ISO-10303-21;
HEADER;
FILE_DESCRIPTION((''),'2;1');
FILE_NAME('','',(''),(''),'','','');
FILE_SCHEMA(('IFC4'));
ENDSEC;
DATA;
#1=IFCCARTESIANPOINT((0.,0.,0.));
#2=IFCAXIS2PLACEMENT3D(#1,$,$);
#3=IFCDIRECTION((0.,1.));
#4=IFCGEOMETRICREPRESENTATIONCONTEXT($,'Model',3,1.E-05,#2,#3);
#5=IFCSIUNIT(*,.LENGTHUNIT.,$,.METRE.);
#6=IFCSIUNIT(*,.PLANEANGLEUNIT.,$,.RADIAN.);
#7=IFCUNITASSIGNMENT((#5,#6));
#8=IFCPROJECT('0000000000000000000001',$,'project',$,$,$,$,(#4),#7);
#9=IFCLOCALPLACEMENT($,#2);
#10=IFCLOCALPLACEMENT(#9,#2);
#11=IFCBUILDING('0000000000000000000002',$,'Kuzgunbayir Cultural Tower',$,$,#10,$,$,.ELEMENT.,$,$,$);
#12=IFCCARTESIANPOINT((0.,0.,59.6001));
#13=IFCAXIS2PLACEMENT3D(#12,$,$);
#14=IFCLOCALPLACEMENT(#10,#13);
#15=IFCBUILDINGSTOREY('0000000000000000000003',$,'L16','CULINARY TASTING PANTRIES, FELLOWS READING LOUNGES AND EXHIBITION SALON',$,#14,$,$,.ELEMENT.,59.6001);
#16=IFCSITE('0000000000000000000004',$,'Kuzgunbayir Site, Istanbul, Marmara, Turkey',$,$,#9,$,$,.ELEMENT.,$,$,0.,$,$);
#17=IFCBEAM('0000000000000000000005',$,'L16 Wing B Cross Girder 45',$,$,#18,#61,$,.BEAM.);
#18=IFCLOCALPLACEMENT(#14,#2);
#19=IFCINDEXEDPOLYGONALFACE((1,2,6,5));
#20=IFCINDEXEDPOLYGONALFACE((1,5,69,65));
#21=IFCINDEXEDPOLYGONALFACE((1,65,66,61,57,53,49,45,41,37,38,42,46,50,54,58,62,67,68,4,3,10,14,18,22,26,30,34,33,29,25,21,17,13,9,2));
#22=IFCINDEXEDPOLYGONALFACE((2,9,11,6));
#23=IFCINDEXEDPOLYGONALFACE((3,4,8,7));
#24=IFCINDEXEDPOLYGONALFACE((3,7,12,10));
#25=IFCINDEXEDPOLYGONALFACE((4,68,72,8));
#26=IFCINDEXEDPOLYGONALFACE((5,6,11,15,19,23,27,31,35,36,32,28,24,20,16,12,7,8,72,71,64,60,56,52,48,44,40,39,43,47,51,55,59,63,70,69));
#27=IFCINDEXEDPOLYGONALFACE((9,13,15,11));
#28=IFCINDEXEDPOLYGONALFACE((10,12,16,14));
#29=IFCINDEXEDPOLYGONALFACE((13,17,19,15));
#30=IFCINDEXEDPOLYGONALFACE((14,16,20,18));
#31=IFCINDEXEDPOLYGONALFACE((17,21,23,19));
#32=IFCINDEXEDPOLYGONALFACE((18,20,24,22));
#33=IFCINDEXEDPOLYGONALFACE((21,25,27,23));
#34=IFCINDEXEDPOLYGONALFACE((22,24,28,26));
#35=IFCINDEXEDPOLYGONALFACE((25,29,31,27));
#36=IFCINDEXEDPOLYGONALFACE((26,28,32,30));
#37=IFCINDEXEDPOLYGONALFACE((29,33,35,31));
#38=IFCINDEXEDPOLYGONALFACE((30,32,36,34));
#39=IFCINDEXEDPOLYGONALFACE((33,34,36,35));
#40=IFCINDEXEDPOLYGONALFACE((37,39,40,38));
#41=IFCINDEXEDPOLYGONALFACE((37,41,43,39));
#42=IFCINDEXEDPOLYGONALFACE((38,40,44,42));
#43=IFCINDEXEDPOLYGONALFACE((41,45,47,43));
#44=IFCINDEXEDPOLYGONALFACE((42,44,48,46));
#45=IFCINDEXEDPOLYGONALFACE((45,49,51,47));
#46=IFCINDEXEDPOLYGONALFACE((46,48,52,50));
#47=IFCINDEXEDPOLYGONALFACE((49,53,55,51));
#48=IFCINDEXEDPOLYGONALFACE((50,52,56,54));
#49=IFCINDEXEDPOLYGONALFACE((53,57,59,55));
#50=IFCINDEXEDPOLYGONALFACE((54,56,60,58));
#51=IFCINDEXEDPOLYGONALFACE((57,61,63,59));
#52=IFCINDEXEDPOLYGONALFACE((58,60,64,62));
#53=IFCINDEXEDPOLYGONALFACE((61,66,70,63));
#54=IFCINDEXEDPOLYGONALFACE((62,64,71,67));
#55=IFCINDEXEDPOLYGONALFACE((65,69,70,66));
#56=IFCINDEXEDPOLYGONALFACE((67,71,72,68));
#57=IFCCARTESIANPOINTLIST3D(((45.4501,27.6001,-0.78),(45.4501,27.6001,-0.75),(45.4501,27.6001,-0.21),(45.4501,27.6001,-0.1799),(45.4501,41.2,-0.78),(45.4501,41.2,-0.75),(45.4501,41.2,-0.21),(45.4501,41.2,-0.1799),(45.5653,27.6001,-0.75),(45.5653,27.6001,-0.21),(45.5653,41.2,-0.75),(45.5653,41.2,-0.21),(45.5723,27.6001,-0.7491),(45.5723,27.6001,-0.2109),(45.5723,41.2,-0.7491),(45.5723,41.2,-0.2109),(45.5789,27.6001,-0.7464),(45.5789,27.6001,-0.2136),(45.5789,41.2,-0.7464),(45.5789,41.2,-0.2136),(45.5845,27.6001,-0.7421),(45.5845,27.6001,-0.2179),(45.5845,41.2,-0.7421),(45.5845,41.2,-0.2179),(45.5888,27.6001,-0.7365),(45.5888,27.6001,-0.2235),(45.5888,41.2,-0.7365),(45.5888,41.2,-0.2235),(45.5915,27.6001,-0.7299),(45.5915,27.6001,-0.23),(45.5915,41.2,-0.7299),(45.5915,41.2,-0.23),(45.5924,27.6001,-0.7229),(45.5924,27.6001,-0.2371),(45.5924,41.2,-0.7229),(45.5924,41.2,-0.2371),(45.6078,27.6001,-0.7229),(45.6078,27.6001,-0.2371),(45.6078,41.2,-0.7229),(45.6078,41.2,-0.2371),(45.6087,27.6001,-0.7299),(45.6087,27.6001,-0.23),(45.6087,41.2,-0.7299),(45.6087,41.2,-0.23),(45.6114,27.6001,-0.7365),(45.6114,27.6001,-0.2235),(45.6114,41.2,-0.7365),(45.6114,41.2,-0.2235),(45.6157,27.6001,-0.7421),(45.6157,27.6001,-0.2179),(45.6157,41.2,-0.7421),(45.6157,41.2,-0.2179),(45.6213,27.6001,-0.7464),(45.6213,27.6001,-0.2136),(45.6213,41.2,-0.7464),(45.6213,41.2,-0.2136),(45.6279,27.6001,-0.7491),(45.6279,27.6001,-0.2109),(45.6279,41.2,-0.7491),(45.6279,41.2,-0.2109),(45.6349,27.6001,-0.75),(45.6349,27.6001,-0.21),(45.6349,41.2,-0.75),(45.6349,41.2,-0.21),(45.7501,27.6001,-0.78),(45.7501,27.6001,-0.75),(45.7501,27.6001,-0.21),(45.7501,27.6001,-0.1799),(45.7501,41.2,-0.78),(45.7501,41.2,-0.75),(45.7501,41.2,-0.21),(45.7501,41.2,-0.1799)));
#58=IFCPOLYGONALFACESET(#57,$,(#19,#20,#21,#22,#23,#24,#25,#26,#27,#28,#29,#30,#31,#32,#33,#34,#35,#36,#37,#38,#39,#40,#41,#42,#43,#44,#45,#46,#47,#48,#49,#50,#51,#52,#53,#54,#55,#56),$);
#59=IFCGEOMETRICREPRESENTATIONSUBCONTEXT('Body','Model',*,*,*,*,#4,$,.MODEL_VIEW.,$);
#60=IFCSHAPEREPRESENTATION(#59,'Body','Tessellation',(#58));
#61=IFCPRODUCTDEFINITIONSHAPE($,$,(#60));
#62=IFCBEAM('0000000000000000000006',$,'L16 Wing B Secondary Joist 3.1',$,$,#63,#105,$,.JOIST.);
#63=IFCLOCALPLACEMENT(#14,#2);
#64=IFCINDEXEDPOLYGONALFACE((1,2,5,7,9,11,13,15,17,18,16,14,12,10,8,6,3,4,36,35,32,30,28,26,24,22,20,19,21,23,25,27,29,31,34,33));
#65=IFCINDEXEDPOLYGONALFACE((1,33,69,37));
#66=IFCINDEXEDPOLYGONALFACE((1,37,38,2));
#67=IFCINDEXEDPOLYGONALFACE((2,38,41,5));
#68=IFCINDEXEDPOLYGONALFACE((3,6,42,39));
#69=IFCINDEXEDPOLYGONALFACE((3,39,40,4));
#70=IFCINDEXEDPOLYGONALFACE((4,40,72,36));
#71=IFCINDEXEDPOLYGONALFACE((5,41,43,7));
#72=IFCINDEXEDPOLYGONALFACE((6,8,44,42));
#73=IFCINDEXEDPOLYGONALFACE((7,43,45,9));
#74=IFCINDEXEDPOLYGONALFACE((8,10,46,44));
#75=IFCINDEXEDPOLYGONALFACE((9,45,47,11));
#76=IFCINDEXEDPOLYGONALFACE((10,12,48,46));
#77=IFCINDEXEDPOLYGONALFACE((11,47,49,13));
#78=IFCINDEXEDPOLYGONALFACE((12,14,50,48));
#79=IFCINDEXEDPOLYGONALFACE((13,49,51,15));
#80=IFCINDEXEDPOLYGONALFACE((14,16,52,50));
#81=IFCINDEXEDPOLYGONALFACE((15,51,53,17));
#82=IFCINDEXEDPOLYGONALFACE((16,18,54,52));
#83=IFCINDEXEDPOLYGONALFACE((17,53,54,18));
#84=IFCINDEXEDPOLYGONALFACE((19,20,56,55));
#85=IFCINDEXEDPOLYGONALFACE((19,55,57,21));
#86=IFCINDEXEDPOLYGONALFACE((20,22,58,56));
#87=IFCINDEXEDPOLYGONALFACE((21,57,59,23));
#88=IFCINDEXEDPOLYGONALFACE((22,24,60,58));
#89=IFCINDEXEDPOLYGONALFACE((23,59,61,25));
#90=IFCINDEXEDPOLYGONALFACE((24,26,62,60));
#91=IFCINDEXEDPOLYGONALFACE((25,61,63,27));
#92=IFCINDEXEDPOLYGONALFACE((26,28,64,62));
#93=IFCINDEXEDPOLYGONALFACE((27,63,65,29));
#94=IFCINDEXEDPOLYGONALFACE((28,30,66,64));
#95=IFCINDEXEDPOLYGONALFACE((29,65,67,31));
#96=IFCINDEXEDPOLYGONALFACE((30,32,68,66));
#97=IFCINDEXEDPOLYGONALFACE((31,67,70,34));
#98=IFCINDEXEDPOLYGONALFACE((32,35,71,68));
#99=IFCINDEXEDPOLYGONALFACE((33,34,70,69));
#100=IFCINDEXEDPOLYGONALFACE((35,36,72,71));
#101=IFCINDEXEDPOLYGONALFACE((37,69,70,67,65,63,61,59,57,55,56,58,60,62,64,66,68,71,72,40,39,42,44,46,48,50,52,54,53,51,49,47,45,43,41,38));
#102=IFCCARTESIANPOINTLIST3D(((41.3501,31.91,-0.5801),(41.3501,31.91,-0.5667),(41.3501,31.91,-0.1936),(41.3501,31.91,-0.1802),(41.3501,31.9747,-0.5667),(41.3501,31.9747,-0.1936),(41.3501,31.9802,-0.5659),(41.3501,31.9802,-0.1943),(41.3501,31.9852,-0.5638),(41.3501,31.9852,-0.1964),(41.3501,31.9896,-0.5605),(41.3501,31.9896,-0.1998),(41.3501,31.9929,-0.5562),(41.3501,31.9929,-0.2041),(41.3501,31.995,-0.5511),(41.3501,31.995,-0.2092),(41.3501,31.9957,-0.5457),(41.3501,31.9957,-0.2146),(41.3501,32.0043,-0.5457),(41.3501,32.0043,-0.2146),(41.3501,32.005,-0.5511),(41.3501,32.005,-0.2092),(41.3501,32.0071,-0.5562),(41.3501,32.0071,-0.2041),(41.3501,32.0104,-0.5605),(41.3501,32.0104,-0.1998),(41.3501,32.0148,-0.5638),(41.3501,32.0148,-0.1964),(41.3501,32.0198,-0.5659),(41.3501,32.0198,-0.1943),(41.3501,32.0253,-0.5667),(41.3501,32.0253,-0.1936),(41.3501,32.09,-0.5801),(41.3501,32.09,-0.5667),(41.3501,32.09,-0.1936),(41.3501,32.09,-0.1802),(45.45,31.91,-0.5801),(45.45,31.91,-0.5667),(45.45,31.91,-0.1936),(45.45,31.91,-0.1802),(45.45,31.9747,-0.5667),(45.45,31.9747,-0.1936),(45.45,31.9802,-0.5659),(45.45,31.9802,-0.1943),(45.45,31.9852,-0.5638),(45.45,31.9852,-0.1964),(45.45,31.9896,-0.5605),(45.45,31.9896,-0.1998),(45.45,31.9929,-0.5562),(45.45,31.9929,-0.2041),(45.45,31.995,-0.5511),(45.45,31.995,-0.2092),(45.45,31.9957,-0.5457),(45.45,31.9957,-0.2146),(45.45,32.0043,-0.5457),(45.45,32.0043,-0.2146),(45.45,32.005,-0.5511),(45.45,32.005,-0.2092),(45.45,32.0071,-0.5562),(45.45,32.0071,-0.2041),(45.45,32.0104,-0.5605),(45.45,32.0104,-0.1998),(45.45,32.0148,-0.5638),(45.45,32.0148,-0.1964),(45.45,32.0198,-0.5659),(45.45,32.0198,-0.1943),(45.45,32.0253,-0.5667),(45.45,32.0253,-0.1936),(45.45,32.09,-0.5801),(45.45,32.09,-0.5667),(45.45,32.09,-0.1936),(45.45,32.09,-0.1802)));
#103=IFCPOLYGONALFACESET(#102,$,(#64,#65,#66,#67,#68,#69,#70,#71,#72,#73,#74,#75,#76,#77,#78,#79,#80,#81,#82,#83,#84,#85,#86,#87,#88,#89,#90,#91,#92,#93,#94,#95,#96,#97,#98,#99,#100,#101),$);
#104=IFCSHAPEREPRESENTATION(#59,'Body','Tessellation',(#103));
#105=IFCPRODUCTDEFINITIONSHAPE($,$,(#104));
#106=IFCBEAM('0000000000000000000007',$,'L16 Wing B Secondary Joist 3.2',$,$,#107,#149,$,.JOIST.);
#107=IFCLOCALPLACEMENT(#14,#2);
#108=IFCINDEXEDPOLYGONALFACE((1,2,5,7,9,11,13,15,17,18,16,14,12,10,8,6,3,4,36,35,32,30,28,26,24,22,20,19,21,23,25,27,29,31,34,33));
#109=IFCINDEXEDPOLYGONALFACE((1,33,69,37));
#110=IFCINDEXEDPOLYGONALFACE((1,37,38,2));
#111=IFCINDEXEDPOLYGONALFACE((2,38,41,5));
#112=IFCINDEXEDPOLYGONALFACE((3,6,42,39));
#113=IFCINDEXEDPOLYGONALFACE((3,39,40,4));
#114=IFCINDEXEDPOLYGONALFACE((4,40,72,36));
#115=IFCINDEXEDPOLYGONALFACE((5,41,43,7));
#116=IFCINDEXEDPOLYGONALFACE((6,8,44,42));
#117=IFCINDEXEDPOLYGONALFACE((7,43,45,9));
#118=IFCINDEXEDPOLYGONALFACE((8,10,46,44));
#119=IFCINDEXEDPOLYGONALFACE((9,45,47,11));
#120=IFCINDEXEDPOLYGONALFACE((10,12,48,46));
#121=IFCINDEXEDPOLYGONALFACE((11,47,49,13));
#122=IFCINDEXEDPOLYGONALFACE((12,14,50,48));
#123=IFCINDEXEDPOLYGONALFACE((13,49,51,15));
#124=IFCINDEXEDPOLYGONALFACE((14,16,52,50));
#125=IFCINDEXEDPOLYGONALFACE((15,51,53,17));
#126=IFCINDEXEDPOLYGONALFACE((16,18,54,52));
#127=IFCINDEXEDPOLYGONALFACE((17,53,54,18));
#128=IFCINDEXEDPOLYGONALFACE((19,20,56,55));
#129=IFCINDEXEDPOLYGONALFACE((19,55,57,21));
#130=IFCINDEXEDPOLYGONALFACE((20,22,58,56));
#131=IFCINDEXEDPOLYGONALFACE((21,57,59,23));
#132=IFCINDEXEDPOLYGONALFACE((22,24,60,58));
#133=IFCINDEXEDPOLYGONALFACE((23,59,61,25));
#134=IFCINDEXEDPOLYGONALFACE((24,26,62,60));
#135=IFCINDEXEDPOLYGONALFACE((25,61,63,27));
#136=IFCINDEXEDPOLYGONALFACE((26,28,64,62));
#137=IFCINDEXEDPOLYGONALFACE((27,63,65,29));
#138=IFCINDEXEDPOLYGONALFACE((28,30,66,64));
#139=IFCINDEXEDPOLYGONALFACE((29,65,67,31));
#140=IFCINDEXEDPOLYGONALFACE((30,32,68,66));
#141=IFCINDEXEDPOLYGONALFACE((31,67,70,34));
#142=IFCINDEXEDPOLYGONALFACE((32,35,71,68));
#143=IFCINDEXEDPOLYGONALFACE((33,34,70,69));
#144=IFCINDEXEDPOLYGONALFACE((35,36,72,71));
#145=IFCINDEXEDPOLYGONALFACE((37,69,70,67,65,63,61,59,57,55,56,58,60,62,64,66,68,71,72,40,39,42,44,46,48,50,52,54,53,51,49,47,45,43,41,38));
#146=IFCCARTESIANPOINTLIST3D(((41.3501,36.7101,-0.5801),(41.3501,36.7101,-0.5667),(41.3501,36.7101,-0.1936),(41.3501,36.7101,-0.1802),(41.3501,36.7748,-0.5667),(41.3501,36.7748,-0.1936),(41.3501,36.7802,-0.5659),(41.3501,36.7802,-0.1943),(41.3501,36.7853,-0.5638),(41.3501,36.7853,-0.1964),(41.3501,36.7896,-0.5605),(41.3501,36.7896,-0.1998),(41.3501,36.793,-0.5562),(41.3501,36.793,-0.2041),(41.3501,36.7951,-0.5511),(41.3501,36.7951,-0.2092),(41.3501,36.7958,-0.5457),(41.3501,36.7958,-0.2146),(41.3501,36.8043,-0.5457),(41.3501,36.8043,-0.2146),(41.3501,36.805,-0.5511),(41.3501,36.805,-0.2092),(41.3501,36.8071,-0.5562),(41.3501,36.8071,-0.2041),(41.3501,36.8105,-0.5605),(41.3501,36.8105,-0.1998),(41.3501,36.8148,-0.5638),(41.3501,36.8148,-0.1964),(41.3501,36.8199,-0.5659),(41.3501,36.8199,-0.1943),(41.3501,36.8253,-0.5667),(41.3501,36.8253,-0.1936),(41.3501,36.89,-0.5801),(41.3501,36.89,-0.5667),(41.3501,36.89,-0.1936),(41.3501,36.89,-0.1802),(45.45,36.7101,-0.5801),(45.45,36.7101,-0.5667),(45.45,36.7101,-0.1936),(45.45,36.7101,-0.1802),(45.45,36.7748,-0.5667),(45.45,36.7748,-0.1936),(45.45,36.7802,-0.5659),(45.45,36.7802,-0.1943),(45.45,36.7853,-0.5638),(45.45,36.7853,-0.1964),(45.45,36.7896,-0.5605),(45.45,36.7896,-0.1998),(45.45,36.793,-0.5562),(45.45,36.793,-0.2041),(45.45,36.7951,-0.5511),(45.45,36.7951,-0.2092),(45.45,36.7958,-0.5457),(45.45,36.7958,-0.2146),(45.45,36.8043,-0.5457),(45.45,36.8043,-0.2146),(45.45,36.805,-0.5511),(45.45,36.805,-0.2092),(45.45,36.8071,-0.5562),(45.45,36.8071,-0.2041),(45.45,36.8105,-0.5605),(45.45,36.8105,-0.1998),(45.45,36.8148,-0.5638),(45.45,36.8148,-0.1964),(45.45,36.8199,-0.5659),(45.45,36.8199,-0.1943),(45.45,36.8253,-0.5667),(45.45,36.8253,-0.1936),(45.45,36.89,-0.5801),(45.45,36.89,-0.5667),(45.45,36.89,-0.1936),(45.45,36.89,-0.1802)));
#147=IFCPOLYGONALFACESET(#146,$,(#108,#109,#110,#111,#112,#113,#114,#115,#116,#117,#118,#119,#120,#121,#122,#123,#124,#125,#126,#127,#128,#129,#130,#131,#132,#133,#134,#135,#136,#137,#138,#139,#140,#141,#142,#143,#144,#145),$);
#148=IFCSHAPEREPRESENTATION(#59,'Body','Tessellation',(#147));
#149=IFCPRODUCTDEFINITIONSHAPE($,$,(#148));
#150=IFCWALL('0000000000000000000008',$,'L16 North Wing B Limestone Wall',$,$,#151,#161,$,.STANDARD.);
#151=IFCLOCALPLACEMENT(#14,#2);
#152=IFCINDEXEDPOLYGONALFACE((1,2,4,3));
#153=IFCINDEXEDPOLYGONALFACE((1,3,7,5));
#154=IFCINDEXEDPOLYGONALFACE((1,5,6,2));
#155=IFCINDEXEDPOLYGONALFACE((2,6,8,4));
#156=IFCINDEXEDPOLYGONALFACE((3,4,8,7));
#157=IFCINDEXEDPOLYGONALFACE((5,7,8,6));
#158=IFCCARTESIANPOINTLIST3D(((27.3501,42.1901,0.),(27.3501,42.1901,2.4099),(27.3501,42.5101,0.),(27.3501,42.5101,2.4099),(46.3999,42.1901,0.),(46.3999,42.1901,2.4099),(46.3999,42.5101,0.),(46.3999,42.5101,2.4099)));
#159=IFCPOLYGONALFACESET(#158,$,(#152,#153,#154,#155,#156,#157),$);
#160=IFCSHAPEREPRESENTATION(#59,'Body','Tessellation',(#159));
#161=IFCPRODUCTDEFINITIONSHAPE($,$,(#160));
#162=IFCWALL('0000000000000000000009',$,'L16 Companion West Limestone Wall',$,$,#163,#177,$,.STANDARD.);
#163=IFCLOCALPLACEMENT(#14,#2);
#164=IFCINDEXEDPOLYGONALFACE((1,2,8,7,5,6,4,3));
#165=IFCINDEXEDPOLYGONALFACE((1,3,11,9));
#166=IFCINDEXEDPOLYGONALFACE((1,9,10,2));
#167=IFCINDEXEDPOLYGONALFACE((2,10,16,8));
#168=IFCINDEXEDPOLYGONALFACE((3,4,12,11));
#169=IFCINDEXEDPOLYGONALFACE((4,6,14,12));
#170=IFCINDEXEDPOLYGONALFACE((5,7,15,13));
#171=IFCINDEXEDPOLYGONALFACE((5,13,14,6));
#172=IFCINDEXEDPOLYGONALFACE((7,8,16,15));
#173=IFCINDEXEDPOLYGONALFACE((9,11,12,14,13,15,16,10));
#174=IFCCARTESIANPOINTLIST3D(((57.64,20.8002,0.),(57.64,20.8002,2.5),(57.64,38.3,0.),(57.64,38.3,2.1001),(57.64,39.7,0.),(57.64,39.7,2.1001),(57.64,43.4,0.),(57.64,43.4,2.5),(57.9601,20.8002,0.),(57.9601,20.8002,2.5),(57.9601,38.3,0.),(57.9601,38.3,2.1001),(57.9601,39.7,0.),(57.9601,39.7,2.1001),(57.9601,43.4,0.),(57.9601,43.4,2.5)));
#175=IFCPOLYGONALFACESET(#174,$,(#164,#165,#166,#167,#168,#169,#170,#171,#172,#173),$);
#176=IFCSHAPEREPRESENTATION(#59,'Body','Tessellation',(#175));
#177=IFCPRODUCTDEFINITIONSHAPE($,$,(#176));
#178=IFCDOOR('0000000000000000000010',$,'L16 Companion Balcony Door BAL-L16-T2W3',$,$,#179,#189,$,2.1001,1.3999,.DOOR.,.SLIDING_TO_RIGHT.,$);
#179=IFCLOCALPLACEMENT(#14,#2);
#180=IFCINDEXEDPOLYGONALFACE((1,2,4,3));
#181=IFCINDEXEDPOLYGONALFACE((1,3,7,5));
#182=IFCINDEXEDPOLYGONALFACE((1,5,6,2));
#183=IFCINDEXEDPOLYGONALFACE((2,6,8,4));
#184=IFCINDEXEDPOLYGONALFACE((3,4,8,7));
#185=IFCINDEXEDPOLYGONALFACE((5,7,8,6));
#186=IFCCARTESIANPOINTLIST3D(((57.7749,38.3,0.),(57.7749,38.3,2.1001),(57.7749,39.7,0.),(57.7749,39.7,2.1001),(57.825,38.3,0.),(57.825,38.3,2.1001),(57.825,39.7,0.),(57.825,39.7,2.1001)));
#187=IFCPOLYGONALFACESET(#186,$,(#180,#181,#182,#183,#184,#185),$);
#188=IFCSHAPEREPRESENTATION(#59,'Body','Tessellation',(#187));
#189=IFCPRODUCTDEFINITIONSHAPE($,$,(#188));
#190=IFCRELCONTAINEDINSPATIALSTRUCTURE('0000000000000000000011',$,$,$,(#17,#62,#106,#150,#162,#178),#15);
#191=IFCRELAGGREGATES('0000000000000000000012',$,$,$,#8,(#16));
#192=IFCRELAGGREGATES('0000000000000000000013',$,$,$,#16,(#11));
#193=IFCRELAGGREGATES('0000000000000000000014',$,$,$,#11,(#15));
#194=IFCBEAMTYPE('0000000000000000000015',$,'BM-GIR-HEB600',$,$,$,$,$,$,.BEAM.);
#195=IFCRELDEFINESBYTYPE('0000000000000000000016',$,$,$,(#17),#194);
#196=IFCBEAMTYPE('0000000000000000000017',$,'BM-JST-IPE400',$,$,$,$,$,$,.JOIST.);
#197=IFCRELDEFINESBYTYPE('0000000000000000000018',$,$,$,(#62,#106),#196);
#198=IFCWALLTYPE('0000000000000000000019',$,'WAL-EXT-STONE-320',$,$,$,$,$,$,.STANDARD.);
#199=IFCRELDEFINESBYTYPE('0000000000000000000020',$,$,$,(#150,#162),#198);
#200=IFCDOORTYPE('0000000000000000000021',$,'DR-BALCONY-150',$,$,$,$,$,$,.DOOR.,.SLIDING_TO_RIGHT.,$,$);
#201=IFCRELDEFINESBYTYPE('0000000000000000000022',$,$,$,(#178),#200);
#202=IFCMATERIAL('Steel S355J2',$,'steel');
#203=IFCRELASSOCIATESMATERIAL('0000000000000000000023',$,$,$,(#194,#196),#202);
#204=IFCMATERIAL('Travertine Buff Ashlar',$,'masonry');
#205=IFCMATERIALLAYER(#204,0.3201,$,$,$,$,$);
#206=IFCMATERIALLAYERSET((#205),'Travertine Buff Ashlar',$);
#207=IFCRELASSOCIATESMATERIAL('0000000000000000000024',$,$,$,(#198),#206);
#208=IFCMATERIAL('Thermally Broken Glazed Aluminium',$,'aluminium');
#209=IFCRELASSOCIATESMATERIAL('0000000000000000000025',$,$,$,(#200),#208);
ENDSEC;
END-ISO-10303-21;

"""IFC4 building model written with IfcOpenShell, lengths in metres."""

from ifc_helpers import new_model, si_unit, direction, frame, frame_2d, origin, origin_2d, place, context, subcontext, project, spatial, rectangle, i_section, extrude, material, layer, layer_set, material_profile, profile_set, type_object, element, fill, save


model = new_model("IFC4")

# Units and contexts
model_context = context("Model", 3, precision=1e-05, world=origin(), true_north=direction((0.0, 1.0)))
body_context = subcontext(model_context, "Body", "Model", "MODEL_VIEW")
ifc_project = project(units=[si_unit("LENGTHUNIT", "METRE"), si_unit("PLANEANGLEUNIT", "RADIAN")], contexts=[model_context])

# Site, building, storey
site_placement = place(None, origin())
site = spatial("IfcSite", under=ifc_project, at=site_placement, Name="Kuzgunbayir Site, Istanbul, Marmara, Turkey", CompositionType="ELEMENT", RefElevation=0.0)
building_placement = place(site_placement, origin())
building = spatial("IfcBuilding", under=site, at=building_placement, Name="Kuzgunbayir Cultural Tower", CompositionType="ELEMENT")
storey_placement = place(building_placement, frame((0.0, 0.0, 59.6001)))
storey = spatial("IfcBuildingStorey", under=building, at=storey_placement, Name="L16", Description="CULINARY TASTING PANTRIES, FELLOWS READING LOUNGES AND EXHIBITION SALON", CompositionType="ELEMENT", Elevation=59.6001)

# Beams
ifc_material_1 = material(Name="Steel S355J2", Category="steel")
ifc_material_profile_1 = material_profile(ifc_material_1, i_section(OverallWidth=0.3, OverallDepth=0.6001, WebThickness=0.0154, FlangeThickness=0.03, FilletRadius=0.0271, at=origin_2d()), Name="HEB 600")
ifc_profile_set_1 = profile_set([ifc_material_profile_1], Name="Steel S355J2")
beam_type_1 = type_object("IfcBeamType", Name="BM-GIR-HEB600", PredefinedType="BEAM", material=ifc_profile_set_1)
beam_1_placement = place(storey_placement, frame((45.6001, 27.6001, -0.48), z_axis=(0.0, 1.0, 0.0), x_axis=(-1.0, 0.0, 0.0)))
element("IfcBeam", 1, at=beam_1_placement, inside=storey, type_object=beam_type_1, Name="L16 Wing B Cross Girder 45", PredefinedType="BEAM", context=body_context, shape_type="SweptSolid", body=[
    extrude(i_section(OverallWidth=0.3, OverallDepth=0.6001, WebThickness=0.0154, FlangeThickness=0.03, FilletRadius=0.0271, at=origin_2d()), origin(), (0.0, 0.0, 1.0), 13.5999),
])
ifc_material_profile_2 = material_profile(ifc_material_1, i_section(OverallWidth=0.1799, OverallDepth=0.3999, WebThickness=0.0085, FlangeThickness=0.0134, FilletRadius=0.021, at=origin_2d()), Name="IPE 400")
ifc_profile_set_2 = profile_set([ifc_material_profile_2], Name="Steel S355J2")
beam_type_2 = type_object("IfcBeamType", Name="BM-JST-IPE400", PredefinedType="JOIST", material=ifc_profile_set_2)
for number, where, z_axis, x_axis, name in (
    (2, (41.3501, 32.0, -0.3801), (1.0, 0.0, 0.0), (0.0, 1.0, 0.0), "L16 Wing B Secondary Joist 3.1"),
    (3, (41.3501, 36.8, -0.3801), (1.0, 0.0, 0.0), (0.0, 1.0, 0.0), "L16 Wing B Secondary Joist 3.2"),
):
    element("IfcBeam", number, at=place(storey_placement, frame(where, z_axis=z_axis, x_axis=x_axis)), inside=storey, type_object=beam_type_2, Name=name, PredefinedType="JOIST", context=body_context, shape_type="SweptSolid", body=[
        extrude(i_section(OverallWidth=0.1799, OverallDepth=0.3999, WebThickness=0.0085, FlangeThickness=0.0134, FilletRadius=0.021, at=origin_2d()), origin(), (0.0, 0.0, 1.0), 4.0999),
    ])

# Wall
ifc_material_2 = material(Name="Travertine Buff Ashlar", Category="masonry")
ifc_layer_1 = layer(ifc_material_2, 0.3201)
ifc_layer_set_1 = layer_set([ifc_layer_1], Name="Travertine Buff Ashlar")
wall_type = type_object("IfcWallType", Name="WAL-EXT-STONE-320", PredefinedType="STANDARD", material=ifc_layer_set_1)
wall_1_placement = place(storey_placement, frame((46.3999, 42.3501, 0.0), z_axis=(0.0, 0.0, 1.0), x_axis=(-1.0, 0.0, 0.0)))
element("IfcWall", 4, at=wall_1_placement, inside=storey, type_object=wall_type, Name="L16 North Wing B Limestone Wall", PredefinedType="STANDARD", context=body_context, shape_type="SweptSolid", body=[
    extrude(rectangle(XDim=19.0498, YDim=0.3201, at=frame_2d((9.5249, 0.0))), origin(), (0.0, 0.0, 1.0), 2.4099),
])

# Wall, opening, door
wall_2_placement = place(storey_placement, frame((57.8, 43.3999, 0.0), z_axis=(0.0, 0.0, 1.0), x_axis=(0.0, -1.0, 0.0)))
wall_2 = element("IfcWall", 5, at=wall_2_placement, inside=storey, type_object=wall_type, Name="L16 Companion West Limestone Wall", PredefinedType="STANDARD", context=body_context, shape_type="SweptSolid", body=[
    extrude(rectangle(XDim=22.5999, YDim=0.3201, at=frame_2d((11.2998, 0.0))), origin(), (0.0, 0.0, 1.0), 2.5),
])
opening_placement = place(wall_2_placement, frame((3.7, 0.0, 0.0)))
opening = element("IfcOpeningElement", 6, at=opening_placement, cuts=wall_2, PredefinedType="OPENING", context=body_context, shape_type="SweptSolid", body=[
    extrude(rectangle(XDim=1.3999, YDim=2.1001, at=frame_2d((0.7, 1.05))), frame((0.0, 0.1699, 0.0), z_axis=(0.0, -1.0, 0.0), x_axis=(1.0, 0.0, 0.0)), (0.0, 0.0, 1.0), 0.3401),
])
ifc_material_3 = material(Name="Thermally Broken Glazed Aluminium", Category="aluminium")
door_type = type_object("IfcDoorType", Name="DR-BALCONY-150", OperationType="SLIDING_TO_RIGHT", PredefinedType="DOOR", material=ifc_material_3)
door_placement = place(opening_placement, origin())
door = element("IfcDoor", 7, at=door_placement, inside=storey, type_object=door_type, Name="L16 Companion Balcony Door BAL-L16-T2W3", OperationType="SLIDING_TO_RIGHT", OverallHeight=2.1001, OverallWidth=1.3999, PredefinedType="DOOR", context=body_context, shape_type="SweptSolid", body=[
    extrude(rectangle(XDim=1.3999, YDim=2.1001, at=frame_2d((0.7, 1.05))), frame((0.0, 0.0249, 0.0), z_axis=(0.0, -1.0, 0.0), x_axis=(1.0, 0.0, 0.0)), (0.0, 0.0, 1.0), 0.05),
])
fill(opening, door)

save(model, "model.ifc")
